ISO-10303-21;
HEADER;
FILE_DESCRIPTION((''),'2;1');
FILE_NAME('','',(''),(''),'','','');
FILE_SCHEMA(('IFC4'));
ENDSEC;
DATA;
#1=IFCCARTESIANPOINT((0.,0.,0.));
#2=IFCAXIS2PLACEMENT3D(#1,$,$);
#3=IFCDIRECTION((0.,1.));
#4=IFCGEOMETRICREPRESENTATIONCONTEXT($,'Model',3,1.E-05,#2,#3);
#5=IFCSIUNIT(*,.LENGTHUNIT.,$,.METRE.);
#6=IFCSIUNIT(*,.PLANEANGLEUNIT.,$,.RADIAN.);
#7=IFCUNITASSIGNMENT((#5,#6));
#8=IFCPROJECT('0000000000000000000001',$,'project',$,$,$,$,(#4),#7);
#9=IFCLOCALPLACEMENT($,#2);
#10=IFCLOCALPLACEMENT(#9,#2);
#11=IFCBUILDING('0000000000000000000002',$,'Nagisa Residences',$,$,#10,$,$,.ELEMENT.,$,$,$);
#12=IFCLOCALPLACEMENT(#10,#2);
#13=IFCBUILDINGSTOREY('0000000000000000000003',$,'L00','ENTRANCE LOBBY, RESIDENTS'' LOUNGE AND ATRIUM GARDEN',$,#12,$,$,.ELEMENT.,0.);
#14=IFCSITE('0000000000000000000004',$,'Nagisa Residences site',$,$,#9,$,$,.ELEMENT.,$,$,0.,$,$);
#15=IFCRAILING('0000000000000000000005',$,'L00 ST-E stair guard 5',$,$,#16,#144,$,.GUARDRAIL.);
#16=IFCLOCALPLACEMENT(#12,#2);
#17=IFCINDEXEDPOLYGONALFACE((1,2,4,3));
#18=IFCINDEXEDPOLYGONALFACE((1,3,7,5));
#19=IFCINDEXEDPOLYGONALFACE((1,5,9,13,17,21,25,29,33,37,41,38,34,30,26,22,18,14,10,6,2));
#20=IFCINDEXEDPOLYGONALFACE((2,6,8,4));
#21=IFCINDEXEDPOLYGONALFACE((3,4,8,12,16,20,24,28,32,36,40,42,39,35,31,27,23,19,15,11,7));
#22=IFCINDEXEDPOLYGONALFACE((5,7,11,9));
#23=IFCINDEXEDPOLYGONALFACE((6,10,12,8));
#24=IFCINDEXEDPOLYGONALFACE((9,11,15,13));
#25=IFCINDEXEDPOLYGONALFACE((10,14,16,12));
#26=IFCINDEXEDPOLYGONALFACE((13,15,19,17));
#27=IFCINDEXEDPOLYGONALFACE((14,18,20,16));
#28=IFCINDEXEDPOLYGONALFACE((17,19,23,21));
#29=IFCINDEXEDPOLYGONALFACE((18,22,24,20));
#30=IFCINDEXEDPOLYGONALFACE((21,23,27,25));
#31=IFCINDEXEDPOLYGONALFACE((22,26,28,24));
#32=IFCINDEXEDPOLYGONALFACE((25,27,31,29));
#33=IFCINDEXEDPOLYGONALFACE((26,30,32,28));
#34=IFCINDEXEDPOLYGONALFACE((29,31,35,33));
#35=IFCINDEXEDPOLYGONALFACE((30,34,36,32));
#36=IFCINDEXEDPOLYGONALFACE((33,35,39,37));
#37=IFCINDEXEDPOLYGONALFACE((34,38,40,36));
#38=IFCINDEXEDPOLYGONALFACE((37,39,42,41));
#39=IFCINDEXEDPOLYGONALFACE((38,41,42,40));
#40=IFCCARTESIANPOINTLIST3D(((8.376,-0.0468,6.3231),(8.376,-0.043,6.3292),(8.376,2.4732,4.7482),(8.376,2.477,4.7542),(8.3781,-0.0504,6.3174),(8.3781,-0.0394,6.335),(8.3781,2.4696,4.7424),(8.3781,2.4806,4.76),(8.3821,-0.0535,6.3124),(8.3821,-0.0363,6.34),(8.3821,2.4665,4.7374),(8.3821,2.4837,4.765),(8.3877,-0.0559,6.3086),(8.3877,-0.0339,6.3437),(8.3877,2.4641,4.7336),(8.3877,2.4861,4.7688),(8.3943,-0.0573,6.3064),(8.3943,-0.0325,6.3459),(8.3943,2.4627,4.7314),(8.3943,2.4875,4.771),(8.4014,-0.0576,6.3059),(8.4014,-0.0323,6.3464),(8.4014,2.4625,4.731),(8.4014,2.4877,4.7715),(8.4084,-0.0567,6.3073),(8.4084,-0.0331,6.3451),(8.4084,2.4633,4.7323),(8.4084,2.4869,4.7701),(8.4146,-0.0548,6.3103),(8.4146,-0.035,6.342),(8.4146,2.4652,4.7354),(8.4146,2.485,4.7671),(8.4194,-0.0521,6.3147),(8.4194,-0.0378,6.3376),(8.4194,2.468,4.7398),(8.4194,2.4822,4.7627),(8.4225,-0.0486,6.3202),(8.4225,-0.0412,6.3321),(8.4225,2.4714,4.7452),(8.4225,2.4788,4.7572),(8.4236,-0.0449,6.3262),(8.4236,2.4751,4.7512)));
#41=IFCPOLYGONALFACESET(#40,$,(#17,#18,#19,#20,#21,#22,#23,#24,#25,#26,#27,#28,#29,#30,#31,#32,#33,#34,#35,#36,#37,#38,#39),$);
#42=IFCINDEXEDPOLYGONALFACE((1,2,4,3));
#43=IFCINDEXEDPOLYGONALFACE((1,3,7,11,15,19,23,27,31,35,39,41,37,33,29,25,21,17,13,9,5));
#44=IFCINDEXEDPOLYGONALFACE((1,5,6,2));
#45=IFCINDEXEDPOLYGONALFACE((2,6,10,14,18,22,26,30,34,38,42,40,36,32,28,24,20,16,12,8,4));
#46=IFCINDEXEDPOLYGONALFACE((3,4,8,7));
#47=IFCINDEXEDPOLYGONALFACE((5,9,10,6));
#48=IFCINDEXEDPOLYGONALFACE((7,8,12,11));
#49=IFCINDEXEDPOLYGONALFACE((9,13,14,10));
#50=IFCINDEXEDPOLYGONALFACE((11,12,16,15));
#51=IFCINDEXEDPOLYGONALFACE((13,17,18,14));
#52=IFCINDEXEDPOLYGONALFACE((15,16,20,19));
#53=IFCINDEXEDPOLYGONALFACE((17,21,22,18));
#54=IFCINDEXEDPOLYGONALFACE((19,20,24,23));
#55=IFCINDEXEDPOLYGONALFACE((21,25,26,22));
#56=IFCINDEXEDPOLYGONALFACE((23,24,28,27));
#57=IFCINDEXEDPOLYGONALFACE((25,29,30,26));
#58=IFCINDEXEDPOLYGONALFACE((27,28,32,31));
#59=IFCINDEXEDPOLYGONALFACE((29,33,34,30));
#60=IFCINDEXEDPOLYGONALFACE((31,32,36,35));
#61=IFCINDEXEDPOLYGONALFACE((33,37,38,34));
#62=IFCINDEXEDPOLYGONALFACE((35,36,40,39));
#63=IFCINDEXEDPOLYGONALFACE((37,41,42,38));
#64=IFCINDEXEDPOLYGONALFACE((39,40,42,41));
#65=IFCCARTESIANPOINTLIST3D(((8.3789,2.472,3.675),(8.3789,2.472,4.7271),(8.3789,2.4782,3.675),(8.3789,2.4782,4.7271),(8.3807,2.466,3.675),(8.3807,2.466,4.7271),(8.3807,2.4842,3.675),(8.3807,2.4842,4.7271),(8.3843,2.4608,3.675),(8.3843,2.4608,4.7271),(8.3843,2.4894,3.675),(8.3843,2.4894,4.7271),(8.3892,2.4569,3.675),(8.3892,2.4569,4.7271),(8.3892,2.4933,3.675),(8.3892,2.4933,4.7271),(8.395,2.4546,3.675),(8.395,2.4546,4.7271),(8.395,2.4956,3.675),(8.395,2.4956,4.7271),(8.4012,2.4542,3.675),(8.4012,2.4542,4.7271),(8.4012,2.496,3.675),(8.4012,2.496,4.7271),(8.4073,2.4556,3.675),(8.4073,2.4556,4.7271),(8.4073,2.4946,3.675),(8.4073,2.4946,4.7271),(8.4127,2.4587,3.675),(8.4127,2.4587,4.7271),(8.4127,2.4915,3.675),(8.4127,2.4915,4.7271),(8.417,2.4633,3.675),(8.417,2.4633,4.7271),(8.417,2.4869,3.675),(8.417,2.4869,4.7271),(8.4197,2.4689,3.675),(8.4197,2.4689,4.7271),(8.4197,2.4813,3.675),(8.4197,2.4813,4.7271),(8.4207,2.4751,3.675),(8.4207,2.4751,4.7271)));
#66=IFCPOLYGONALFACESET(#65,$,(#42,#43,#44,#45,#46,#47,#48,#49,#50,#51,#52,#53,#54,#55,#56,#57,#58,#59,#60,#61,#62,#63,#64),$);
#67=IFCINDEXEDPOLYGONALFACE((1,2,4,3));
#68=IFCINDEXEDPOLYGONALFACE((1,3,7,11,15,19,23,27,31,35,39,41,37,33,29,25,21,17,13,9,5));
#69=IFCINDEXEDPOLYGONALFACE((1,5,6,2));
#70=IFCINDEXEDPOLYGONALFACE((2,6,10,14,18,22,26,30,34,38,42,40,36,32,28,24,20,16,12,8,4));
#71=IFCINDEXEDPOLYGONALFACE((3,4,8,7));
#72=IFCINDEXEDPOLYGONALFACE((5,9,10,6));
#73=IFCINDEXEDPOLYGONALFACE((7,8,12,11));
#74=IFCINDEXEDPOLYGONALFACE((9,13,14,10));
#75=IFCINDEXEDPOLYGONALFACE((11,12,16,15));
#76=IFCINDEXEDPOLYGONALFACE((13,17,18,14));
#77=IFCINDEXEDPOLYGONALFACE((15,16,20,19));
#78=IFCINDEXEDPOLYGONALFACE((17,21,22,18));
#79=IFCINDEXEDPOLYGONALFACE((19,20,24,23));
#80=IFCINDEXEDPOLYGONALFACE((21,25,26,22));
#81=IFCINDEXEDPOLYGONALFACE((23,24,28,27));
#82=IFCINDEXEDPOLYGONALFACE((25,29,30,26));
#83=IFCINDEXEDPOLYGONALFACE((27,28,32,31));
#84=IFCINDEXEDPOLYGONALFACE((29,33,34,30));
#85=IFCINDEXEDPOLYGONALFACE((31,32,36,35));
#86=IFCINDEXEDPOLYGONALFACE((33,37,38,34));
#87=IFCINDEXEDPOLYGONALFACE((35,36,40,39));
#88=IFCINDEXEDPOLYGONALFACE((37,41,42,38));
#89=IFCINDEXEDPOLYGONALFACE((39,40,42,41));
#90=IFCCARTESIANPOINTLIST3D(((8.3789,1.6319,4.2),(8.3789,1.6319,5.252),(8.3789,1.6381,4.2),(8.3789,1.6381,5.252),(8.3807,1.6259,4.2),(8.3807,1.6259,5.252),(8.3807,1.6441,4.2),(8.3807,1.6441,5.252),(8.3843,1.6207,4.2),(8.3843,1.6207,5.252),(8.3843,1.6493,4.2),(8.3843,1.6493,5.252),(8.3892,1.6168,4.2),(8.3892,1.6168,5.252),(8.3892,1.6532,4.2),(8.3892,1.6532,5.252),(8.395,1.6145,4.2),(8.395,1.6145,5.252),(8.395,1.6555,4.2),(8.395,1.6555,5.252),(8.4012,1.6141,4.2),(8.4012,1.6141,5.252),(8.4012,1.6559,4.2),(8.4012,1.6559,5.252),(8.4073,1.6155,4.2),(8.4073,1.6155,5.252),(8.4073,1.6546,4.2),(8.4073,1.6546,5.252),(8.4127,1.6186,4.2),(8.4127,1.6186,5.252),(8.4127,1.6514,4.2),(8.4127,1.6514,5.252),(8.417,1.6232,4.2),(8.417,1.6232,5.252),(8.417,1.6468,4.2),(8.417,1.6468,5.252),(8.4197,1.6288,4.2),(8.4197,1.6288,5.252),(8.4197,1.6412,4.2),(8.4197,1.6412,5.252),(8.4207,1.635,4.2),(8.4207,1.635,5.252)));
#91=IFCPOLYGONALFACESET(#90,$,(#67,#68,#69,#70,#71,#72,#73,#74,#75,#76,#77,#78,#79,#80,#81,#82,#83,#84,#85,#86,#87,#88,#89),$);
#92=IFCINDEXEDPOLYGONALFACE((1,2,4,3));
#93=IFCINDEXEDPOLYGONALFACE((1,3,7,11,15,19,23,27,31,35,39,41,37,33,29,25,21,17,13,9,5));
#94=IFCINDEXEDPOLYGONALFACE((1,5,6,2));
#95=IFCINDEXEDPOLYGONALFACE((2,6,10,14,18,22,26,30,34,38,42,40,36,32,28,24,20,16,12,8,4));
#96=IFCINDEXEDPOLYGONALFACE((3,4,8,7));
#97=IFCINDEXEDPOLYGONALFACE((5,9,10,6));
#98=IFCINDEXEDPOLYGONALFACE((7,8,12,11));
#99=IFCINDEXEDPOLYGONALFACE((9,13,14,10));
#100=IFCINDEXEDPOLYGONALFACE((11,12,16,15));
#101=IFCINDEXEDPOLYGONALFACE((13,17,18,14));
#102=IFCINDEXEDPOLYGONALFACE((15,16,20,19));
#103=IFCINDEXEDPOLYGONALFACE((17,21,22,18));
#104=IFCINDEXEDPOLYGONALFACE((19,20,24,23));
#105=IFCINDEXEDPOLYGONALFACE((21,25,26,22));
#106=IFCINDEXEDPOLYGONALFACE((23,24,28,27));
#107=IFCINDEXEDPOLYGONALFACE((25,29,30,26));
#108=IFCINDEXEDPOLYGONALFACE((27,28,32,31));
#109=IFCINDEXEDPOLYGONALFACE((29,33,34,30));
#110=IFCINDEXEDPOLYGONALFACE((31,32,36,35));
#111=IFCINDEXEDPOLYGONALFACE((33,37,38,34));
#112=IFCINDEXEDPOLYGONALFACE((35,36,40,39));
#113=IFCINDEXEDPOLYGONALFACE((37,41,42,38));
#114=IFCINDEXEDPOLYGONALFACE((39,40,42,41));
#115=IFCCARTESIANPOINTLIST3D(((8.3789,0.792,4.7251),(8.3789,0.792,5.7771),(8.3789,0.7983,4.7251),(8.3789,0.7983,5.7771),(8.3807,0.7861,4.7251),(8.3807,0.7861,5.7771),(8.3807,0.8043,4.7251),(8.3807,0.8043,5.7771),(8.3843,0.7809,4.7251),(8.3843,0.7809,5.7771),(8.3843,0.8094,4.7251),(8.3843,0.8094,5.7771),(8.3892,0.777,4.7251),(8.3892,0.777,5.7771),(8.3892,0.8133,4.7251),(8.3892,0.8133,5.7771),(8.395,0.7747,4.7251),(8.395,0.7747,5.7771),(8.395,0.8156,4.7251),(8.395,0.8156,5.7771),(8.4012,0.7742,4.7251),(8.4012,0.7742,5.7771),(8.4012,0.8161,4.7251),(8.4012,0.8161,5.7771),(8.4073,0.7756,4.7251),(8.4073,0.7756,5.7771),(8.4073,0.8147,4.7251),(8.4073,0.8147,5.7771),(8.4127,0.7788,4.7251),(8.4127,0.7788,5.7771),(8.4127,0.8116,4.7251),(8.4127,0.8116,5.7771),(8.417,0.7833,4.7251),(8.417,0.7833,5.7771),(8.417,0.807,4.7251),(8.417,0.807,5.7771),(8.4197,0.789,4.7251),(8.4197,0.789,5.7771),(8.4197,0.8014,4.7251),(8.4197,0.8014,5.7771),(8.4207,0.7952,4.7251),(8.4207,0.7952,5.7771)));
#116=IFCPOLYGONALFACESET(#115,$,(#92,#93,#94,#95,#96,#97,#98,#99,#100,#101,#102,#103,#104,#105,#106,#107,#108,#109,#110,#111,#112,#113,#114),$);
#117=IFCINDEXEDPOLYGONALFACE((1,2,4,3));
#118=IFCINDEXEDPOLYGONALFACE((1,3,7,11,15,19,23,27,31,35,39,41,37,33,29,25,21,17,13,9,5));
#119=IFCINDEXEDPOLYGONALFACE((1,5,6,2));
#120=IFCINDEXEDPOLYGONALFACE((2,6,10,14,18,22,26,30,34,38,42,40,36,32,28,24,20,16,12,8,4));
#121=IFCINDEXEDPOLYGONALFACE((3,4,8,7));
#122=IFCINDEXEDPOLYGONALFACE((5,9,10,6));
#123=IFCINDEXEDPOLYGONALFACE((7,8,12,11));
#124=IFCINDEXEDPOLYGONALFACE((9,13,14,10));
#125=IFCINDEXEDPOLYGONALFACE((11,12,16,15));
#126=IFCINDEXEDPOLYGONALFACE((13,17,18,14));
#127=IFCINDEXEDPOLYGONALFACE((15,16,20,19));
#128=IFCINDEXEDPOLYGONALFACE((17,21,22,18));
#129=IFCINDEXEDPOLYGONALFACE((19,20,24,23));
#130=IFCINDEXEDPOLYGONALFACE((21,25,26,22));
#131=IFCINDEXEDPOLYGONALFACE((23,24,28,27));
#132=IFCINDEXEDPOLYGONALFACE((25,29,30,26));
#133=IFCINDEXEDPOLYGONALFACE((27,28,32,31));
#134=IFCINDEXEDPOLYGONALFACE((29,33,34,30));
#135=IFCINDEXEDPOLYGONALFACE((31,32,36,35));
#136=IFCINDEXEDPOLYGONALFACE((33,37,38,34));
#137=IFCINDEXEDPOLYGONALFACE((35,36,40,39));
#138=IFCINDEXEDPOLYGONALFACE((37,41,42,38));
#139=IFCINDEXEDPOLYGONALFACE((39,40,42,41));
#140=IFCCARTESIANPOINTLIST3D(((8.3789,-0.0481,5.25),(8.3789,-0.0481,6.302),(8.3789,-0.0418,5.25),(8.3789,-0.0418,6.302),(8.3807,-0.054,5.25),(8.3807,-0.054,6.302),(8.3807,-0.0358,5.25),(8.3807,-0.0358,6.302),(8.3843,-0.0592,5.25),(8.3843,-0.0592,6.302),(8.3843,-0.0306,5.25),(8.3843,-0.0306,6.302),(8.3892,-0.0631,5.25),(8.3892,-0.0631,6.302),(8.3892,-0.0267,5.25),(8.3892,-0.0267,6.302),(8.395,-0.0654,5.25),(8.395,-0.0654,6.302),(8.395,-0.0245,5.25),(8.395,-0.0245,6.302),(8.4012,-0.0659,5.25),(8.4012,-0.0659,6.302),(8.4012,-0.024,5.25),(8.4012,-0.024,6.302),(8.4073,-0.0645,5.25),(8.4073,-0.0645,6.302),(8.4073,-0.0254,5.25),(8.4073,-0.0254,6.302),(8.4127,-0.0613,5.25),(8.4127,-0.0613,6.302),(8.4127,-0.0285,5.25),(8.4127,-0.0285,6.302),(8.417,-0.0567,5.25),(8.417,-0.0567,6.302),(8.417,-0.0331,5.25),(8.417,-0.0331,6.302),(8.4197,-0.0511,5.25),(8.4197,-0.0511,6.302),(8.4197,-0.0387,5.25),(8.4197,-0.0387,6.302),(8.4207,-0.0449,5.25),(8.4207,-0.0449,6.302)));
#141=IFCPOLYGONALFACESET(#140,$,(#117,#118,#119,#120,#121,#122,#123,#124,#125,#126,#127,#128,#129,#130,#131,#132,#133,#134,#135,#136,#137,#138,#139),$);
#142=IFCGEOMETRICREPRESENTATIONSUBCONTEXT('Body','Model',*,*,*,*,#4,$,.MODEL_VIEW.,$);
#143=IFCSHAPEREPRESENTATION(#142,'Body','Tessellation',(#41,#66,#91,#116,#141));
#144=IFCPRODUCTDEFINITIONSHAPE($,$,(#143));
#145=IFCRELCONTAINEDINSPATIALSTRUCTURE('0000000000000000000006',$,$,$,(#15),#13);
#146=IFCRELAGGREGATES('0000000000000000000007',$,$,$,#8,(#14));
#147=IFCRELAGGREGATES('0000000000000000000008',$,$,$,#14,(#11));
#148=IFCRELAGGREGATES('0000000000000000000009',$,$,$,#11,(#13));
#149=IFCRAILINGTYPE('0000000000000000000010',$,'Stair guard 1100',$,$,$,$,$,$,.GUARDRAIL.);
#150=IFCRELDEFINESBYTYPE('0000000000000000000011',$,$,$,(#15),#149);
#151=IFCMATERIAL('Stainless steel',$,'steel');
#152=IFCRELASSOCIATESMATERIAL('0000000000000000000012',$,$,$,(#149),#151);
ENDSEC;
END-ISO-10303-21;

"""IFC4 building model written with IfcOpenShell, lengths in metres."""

from ifc_helpers import new_model, si_unit, direction, frame, origin, origin_2d, place, context, subcontext, project, spatial, circle, extrude, material, type_object, element, save


model = new_model("IFC4")

# Units and contexts
model_context = context("Model", 3, precision=1e-05, world=origin(), true_north=direction((0.0, 1.0)))
body_context = subcontext(model_context, "Body", "Model", "MODEL_VIEW")
ifc_project = project(units=[si_unit("LENGTHUNIT", "METRE"), si_unit("PLANEANGLEUNIT", "RADIAN")], contexts=[model_context])

# Site, building, storey
site_placement = place(None, origin())
site = spatial("IfcSite", under=ifc_project, at=site_placement, Name="Nagisa Residences site", CompositionType="ELEMENT", RefElevation=0.0)
building_placement = place(site_placement, origin())
building = spatial("IfcBuilding", under=site, at=building_placement, Name="Nagisa Residences", CompositionType="ELEMENT")
storey_placement = place(building_placement, origin())
storey = spatial("IfcBuildingStorey", under=building, at=storey_placement, Name="L00", Description="ENTRANCE LOBBY, RESIDENTS' LOUNGE AND ATRIUM GARDEN", CompositionType="ELEMENT", Elevation=0.0)

# Railing
ifc_material_1 = material(Name="Stainless steel", Category="steel")
railing_type_1 = type_object("IfcRailingType", Name="Stair guard 1100", PredefinedType="GUARDRAIL", material=ifc_material_1)
railing_1_placement = place(storey_placement, frame((8.3997, 2.4751, 3.675)))
element("IfcRailing", 1, at=railing_1_placement, inside=storey, type_object=railing_type_1, Name="L00 ST-E stair guard 5", PredefinedType="GUARDRAIL", context=body_context, shape_type="SweptSolid", body=[
    extrude(circle(Radius=0.0239, at=origin_2d()), frame((0.0, 0.0, 1.0762), z_axis=(0.0, -0.848008, 0.529984), x_axis=(1.0, 0.0, 0.0)), (0.0, 0.0, 1.0), 2.9717),
    extrude(circle(Radius=0.021, at=origin_2d()), origin(), (0.0, 0.0, 1.0), 1.052),
    extrude(circle(Radius=0.021, at=origin_2d()), frame((0.0, -0.8401, 0.5249)), (0.0, 0.0, 1.0), 1.052),
    extrude(circle(Radius=0.021, at=origin_2d()), frame((0.0, -1.6799, 1.05)), (0.0, 0.0, 1.0), 1.052),
    extrude(circle(Radius=0.021, at=origin_2d()), frame((0.0, -2.52, 1.575)), (0.0, 0.0, 1.0), 1.052),
])

save(model, "model.ifc")
